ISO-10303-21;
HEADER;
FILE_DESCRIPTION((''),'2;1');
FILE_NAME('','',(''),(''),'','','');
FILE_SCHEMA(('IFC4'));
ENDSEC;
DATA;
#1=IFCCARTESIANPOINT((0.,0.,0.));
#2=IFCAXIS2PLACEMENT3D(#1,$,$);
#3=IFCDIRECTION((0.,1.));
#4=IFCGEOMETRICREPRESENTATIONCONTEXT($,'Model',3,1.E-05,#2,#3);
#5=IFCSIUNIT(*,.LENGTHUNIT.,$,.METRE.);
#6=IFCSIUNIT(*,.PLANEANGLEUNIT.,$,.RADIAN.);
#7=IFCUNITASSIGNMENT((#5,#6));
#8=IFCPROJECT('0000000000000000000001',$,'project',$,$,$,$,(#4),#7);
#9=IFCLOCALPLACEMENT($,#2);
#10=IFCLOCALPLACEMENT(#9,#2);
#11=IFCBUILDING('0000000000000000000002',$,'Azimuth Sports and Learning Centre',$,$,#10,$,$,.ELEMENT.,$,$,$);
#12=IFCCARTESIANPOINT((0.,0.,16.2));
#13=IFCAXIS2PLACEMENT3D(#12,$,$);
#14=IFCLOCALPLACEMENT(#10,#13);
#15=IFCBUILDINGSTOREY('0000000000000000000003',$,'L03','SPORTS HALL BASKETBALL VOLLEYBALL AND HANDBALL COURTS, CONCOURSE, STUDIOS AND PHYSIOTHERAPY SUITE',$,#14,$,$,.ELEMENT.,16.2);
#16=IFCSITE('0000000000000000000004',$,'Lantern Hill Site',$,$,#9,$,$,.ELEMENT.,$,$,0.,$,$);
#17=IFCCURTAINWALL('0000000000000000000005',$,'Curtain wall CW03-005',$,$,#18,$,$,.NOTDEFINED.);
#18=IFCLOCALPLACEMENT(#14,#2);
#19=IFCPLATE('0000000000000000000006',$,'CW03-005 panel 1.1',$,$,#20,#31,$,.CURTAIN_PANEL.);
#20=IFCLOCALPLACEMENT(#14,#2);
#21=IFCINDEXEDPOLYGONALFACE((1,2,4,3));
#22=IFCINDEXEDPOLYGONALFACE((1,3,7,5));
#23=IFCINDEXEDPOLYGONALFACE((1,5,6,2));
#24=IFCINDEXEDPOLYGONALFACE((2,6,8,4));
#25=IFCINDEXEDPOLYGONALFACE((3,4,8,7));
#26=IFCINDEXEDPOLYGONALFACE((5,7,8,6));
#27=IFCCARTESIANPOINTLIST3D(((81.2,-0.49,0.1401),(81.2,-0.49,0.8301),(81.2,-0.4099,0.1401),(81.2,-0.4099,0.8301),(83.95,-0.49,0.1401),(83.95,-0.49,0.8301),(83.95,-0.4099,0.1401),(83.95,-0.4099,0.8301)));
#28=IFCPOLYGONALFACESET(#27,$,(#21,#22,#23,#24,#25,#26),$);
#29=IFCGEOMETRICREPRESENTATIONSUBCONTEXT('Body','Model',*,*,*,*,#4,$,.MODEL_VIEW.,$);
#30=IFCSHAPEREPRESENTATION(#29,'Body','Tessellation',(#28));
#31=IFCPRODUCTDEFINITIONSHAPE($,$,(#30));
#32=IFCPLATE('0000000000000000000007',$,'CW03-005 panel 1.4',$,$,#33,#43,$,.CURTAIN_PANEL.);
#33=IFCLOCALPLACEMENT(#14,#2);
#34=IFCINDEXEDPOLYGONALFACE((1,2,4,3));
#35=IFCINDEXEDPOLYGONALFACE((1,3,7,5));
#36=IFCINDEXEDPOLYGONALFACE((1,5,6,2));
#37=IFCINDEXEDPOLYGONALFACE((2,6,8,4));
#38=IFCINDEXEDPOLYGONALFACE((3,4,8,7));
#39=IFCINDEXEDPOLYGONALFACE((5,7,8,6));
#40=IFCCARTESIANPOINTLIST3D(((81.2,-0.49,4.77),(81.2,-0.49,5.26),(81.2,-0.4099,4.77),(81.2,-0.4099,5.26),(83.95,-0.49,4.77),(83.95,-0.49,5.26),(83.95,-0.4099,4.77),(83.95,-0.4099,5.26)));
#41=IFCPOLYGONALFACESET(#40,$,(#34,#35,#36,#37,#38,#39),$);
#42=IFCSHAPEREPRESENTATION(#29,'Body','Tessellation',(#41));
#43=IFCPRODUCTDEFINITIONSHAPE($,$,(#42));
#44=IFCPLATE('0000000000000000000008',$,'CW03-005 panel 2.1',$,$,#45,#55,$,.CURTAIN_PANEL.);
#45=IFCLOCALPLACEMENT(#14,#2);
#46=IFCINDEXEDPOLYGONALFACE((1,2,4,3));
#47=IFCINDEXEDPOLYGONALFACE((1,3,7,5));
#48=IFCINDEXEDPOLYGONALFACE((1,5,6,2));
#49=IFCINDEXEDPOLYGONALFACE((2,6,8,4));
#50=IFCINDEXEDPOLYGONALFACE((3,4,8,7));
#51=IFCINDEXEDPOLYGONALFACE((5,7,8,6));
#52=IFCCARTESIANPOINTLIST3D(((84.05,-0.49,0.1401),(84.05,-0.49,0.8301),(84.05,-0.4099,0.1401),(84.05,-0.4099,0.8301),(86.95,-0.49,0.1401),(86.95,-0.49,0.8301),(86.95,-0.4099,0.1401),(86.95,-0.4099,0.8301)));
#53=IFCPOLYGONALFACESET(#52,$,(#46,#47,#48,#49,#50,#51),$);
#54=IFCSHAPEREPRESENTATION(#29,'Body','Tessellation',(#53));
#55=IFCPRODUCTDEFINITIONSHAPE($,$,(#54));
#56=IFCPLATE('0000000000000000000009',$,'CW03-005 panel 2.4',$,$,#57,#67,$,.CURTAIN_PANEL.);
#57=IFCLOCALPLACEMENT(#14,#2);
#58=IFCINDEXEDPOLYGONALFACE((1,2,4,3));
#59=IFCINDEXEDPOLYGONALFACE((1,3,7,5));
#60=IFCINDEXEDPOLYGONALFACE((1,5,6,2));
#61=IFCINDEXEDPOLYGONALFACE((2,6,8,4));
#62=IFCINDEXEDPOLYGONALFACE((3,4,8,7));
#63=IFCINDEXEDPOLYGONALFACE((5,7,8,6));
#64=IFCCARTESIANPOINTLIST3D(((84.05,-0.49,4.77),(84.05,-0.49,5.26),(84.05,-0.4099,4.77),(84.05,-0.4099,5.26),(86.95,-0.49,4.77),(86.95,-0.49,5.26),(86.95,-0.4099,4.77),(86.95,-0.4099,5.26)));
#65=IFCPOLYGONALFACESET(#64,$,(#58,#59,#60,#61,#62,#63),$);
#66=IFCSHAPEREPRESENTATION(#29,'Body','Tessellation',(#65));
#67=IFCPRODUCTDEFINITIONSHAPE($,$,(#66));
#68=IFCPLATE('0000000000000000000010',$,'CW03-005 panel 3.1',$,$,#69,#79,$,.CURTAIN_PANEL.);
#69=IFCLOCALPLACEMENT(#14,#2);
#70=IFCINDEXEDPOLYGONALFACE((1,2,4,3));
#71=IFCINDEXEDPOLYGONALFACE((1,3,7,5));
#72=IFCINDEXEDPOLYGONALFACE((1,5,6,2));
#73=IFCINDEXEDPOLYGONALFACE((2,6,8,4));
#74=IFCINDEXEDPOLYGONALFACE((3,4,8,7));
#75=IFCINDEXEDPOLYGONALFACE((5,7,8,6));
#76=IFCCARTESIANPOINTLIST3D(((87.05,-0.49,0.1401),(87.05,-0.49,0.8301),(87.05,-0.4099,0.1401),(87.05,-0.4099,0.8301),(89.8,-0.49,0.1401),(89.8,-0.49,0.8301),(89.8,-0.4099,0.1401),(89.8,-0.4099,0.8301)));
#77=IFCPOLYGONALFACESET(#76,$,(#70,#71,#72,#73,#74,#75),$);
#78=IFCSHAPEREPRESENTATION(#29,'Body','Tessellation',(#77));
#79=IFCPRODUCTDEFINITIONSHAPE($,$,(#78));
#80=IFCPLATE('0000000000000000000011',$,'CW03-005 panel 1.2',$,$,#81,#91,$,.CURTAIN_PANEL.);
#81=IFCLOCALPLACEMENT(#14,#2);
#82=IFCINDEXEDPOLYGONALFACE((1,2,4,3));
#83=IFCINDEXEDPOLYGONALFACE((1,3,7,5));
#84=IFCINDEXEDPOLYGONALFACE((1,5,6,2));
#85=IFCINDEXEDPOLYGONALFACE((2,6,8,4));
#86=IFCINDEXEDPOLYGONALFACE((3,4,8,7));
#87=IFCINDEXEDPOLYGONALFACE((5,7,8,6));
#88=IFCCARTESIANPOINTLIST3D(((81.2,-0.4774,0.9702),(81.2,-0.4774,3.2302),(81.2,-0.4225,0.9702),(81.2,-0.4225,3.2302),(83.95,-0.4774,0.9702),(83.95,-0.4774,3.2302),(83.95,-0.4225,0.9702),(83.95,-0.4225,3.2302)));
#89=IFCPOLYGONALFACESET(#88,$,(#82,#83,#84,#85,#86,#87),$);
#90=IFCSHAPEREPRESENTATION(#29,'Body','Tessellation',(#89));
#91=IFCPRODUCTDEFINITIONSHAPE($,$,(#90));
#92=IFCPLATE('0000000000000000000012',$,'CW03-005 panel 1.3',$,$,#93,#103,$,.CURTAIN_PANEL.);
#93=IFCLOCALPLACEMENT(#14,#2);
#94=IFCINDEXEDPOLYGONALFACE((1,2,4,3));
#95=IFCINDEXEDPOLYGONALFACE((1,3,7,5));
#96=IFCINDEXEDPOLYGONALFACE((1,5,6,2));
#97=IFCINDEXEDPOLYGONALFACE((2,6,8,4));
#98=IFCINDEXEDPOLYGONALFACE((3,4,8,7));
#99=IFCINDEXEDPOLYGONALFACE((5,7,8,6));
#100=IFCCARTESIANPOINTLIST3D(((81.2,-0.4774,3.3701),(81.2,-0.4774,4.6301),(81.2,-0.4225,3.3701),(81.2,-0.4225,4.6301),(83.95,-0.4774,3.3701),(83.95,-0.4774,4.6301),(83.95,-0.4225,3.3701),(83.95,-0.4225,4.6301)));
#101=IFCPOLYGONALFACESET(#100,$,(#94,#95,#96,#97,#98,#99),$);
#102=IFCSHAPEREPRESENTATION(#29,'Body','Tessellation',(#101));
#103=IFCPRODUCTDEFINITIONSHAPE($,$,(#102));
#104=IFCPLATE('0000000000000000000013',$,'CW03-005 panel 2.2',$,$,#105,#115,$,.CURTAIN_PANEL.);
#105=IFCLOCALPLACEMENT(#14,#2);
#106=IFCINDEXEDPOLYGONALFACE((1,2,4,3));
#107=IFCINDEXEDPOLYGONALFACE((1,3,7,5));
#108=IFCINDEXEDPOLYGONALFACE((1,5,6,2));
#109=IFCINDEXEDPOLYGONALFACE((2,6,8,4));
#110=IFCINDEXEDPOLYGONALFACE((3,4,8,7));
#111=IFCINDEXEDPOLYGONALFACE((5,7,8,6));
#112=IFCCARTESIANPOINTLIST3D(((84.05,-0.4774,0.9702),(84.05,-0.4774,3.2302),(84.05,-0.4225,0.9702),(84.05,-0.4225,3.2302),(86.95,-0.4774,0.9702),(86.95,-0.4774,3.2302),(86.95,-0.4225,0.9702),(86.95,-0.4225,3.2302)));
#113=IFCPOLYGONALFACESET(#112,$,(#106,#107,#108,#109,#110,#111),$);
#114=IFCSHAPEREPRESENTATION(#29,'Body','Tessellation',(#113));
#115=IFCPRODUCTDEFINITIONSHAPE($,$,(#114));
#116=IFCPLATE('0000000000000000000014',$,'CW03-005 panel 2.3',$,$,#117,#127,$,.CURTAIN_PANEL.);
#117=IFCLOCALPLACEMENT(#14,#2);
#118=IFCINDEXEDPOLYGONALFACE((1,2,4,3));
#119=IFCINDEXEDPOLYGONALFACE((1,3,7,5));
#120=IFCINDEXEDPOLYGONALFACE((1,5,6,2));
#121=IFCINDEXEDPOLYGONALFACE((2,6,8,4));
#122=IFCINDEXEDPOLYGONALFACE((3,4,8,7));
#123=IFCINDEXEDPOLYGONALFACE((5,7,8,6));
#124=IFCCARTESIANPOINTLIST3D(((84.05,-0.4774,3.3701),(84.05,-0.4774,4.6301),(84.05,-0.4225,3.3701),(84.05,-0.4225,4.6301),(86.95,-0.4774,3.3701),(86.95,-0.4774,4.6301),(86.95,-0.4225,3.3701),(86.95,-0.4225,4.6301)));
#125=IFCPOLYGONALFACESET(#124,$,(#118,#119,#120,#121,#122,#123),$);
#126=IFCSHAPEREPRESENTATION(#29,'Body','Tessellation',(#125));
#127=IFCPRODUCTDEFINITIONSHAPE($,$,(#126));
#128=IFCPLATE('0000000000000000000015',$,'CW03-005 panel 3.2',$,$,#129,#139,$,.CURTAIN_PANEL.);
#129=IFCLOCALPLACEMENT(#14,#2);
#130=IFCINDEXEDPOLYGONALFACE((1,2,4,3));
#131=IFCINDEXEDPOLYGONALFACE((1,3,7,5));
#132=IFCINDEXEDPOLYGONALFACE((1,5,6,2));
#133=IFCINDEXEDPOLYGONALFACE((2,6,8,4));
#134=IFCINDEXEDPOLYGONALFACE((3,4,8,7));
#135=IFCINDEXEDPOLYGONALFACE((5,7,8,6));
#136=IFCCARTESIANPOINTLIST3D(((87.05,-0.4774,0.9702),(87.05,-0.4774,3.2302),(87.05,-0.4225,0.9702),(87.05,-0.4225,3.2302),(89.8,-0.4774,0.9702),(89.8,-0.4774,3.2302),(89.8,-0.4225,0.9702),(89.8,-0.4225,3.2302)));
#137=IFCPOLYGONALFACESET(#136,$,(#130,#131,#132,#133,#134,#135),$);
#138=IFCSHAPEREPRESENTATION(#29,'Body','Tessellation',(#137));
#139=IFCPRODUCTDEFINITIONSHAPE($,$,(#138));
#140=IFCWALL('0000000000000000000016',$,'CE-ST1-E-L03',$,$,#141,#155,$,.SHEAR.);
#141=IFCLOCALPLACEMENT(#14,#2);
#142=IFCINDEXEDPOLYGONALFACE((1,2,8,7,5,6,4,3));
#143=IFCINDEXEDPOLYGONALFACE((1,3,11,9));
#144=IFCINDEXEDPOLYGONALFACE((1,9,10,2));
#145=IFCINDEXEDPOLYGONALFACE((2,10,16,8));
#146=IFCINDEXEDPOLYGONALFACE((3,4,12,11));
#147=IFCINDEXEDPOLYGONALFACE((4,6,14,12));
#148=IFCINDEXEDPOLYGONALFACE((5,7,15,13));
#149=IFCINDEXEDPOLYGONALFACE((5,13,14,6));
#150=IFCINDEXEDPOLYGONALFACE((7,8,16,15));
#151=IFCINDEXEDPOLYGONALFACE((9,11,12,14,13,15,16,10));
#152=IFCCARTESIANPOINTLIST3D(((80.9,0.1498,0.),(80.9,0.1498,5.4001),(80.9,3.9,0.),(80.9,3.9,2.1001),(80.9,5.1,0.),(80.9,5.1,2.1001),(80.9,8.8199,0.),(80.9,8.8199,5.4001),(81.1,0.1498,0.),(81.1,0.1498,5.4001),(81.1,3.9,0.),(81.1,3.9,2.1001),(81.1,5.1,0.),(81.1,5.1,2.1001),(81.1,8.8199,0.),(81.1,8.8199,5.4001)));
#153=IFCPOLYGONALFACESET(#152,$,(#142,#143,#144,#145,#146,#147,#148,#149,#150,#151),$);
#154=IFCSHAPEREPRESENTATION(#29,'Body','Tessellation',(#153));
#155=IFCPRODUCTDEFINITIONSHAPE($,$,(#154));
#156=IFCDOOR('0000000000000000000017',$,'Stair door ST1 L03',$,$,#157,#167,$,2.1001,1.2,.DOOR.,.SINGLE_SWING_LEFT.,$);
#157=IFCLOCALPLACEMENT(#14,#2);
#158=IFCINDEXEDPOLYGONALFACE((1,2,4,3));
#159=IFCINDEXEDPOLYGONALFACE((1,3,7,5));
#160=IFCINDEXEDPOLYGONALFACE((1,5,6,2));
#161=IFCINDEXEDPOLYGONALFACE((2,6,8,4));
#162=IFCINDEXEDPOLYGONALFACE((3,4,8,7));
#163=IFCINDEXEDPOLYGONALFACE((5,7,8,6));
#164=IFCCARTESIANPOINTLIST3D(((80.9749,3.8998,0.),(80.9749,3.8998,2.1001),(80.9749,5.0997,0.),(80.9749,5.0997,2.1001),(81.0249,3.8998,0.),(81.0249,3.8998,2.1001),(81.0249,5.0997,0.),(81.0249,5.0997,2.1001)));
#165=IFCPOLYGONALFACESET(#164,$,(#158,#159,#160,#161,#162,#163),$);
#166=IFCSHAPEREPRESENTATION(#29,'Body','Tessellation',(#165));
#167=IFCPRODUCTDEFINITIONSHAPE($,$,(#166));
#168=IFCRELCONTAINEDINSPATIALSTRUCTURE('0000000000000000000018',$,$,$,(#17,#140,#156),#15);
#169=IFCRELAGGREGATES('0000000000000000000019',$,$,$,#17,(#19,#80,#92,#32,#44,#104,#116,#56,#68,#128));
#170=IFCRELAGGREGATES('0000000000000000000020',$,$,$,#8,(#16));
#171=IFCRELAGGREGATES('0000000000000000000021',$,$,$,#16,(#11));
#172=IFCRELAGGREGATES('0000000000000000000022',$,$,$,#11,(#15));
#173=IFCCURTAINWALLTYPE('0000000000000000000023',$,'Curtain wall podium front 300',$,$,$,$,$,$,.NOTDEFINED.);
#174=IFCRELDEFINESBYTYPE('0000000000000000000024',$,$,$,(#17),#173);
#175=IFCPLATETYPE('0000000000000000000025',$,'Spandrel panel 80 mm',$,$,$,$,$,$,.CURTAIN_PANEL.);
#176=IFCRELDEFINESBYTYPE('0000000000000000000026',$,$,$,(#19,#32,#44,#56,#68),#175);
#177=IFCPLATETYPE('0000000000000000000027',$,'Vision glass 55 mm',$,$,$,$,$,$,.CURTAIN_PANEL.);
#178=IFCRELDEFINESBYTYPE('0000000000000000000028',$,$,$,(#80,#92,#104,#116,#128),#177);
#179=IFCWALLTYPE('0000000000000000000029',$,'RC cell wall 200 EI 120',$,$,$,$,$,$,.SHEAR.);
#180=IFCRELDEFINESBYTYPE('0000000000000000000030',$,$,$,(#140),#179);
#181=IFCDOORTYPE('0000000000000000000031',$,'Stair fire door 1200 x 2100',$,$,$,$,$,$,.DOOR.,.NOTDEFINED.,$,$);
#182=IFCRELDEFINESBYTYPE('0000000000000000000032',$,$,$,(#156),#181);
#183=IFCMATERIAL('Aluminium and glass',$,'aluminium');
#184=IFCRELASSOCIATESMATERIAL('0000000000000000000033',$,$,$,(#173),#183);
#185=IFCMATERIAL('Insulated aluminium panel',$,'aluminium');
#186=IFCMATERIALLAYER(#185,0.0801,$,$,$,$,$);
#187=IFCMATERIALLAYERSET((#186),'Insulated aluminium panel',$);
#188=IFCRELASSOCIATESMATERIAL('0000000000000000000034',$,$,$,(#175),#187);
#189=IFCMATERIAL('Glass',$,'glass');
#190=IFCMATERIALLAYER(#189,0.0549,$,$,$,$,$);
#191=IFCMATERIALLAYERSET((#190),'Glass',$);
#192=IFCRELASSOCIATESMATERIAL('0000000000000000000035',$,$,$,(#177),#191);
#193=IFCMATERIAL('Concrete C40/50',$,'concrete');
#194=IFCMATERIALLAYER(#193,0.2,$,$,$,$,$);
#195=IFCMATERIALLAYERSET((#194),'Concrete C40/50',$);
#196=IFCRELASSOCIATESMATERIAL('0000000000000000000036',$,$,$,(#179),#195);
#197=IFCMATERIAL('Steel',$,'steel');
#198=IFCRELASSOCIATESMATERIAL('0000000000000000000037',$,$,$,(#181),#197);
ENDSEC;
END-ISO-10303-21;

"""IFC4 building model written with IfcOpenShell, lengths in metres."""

from ifc_helpers import new_model, si_unit, direction, frame, frame_2d, origin, origin_2d, place, context, subcontext, project, spatial, rectangle, extrude, material, layer, layer_set, type_object, element, fill, aggregate, save


model = new_model("IFC4")

# Units and contexts
model_context = context("Model", 3, precision=1e-05, world=origin(), true_north=direction((0.0, 1.0)))
body_context = subcontext(model_context, "Body", "Model", "MODEL_VIEW")
ifc_project = project(units=[si_unit("LENGTHUNIT", "METRE"), si_unit("PLANEANGLEUNIT", "RADIAN")], contexts=[model_context])

# Site, building, storey
site_placement = place(None, origin())
site = spatial("IfcSite", under=ifc_project, at=site_placement, Name="Lantern Hill Site", CompositionType="ELEMENT", RefElevation=0.0)
building_placement = place(site_placement, origin())
building = spatial("IfcBuilding", under=site, at=building_placement, Name="Azimuth Sports and Learning Centre", CompositionType="ELEMENT")
storey_placement = place(building_placement, frame((0.0, 0.0, 16.2)))
storey = spatial("IfcBuildingStorey", under=building, at=storey_placement, Name="L03", Description="SPORTS HALL BASKETBALL VOLLEYBALL AND HANDBALL COURTS, CONCOURSE, STUDIOS AND PHYSIOTHERAPY SUITE", CompositionType="ELEMENT", Elevation=16.2)

# Curtain wall, plates
ifc_material_1 = material(Name="Aluminium and glass", Category="aluminium")
curtain_wall_type = type_object("IfcCurtainWallType", Name="Curtain wall podium front 300", PredefinedType="NOTDEFINED", material=ifc_material_1)
curtain_wall_placement = place(storey_placement, origin())
curtain_wall = element("IfcCurtainWall", 1, at=curtain_wall_placement, inside=storey, type_object=curtain_wall_type, Name="Curtain wall CW03-005", PredefinedType="NOTDEFINED")
ifc_material_2 = material(Name="Insulated aluminium panel", Category="aluminium")
ifc_layer_1 = layer(ifc_material_2, 0.0801)
ifc_layer_set_1 = layer_set([ifc_layer_1], Name="Insulated aluminium panel")
plate_type_1 = type_object("IfcPlateType", Name="Spandrel panel 80 mm", PredefinedType="CURTAIN_PANEL", material=ifc_layer_set_1)
plate_1_placement = place(storey_placement, frame((82.575, -0.45, 0.1401), z_axis=(0.0, 0.0, 1.0), x_axis=(1.0, 0.0, 0.0)))
plate_1 = element("IfcPlate", 2, at=plate_1_placement, type_object=plate_type_1, Name="CW03-005 panel 1.1", PredefinedType="CURTAIN_PANEL", context=body_context, shape_type="SweptSolid", body=[
    extrude(rectangle(XDim=2.75, YDim=0.0801, at=origin_2d()), origin(), (0.0, 0.0, 1.0), 0.6899),
])
plate_2_placement = place(storey_placement, frame((82.575, -0.45, 4.77), z_axis=(0.0, 0.0, 1.0), x_axis=(1.0, 0.0, 0.0)))
plate_2 = element("IfcPlate", 3, at=plate_2_placement, type_object=plate_type_1, Name="CW03-005 panel 1.4", PredefinedType="CURTAIN_PANEL", context=body_context, shape_type="SweptSolid", body=[
    extrude(rectangle(XDim=2.75, YDim=0.0801, at=origin_2d()), origin(), (0.0, 0.0, 1.0), 0.49),
])
plate_3_placement = place(storey_placement, frame((85.5, -0.45, 0.1401), z_axis=(0.0, 0.0, 1.0), x_axis=(1.0, 0.0, 0.0)))
plate_3 = element("IfcPlate", 4, at=plate_3_placement, type_object=plate_type_1, Name="CW03-005 panel 2.1", PredefinedType="CURTAIN_PANEL", context=body_context, shape_type="SweptSolid", body=[
    extrude(rectangle(XDim=2.8999, YDim=0.0801, at=origin_2d()), origin(), (0.0, 0.0, 1.0), 0.6899),
])
plate_4_placement = place(storey_placement, frame((85.5, -0.45, 4.77), z_axis=(0.0, 0.0, 1.0), x_axis=(1.0, 0.0, 0.0)))
plate_4 = element("IfcPlate", 5, at=plate_4_placement, type_object=plate_type_1, Name="CW03-005 panel 2.4", PredefinedType="CURTAIN_PANEL", context=body_context, shape_type="SweptSolid", body=[
    extrude(rectangle(XDim=2.8999, YDim=0.0801, at=origin_2d()), origin(), (0.0, 0.0, 1.0), 0.49),
])
plate_5_placement = place(storey_placement, frame((88.425, -0.45, 0.1401), z_axis=(0.0, 0.0, 1.0), x_axis=(1.0, 0.0, 0.0)))
plate_5 = element("IfcPlate", 6, at=plate_5_placement, type_object=plate_type_1, Name="CW03-005 panel 3.1", PredefinedType="CURTAIN_PANEL", context=body_context, shape_type="SweptSolid", body=[
    extrude(rectangle(XDim=2.75, YDim=0.0801, at=origin_2d()), origin(), (0.0, 0.0, 1.0), 0.6899),
])
ifc_material_3 = material(Name="Glass", Category="glass")
ifc_layer_2 = layer(ifc_material_3, 0.0549)
ifc_layer_set_2 = layer_set([ifc_layer_2], Name="Glass")
plate_type_2 = type_object("IfcPlateType", Name="Vision glass 55 mm", PredefinedType="CURTAIN_PANEL", material=ifc_layer_set_2)
plate_6_placement = place(storey_placement, frame((82.575, -0.45, 0.9702), z_axis=(0.0, 0.0, 1.0), x_axis=(1.0, 0.0, 0.0)))
plate_6 = element("IfcPlate", 7, at=plate_6_placement, type_object=plate_type_2, Name="CW03-005 panel 1.2", PredefinedType="CURTAIN_PANEL", context=body_context, shape_type="SweptSolid", body=[
    extrude(rectangle(XDim=2.75, YDim=0.0549, at=origin_2d()), origin(), (0.0, 0.0, 1.0), 2.26),
])
plate_7_placement = place(storey_placement, frame((82.575, -0.45, 3.3701), z_axis=(0.0, 0.0, 1.0), x_axis=(1.0, 0.0, 0.0)))
plate_7 = element("IfcPlate", 8, at=plate_7_placement, type_object=plate_type_2, Name="CW03-005 panel 1.3", PredefinedType="CURTAIN_PANEL", context=body_context, shape_type="SweptSolid", body=[
    extrude(rectangle(XDim=2.75, YDim=0.0549, at=origin_2d()), origin(), (0.0, 0.0, 1.0), 1.26),
])
plate_8_placement = place(storey_placement, frame((85.5, -0.45, 0.9702), z_axis=(0.0, 0.0, 1.0), x_axis=(1.0, 0.0, 0.0)))
plate_8 = element("IfcPlate", 9, at=plate_8_placement, type_object=plate_type_2, Name="CW03-005 panel 2.2", PredefinedType="CURTAIN_PANEL", context=body_context, shape_type="SweptSolid", body=[
    extrude(rectangle(XDim=2.8999, YDim=0.0549, at=origin_2d()), origin(), (0.0, 0.0, 1.0), 2.26),
])
plate_9_placement = place(storey_placement, frame((85.5, -0.45, 3.3701), z_axis=(0.0, 0.0, 1.0), x_axis=(1.0, 0.0, 0.0)))
plate_9 = element("IfcPlate", 10, at=plate_9_placement, type_object=plate_type_2, Name="CW03-005 panel 2.3", PredefinedType="CURTAIN_PANEL", context=body_context, shape_type="SweptSolid", body=[
    extrude(rectangle(XDim=2.8999, YDim=0.0549, at=origin_2d()), origin(), (0.0, 0.0, 1.0), 1.26),
])
plate_10_placement = place(storey_placement, frame((88.425, -0.45, 0.9702), z_axis=(0.0, 0.0, 1.0), x_axis=(1.0, 0.0, 0.0)))
plate_10 = element("IfcPlate", 11, at=plate_10_placement, type_object=plate_type_2, Name="CW03-005 panel 3.2", PredefinedType="CURTAIN_PANEL", context=body_context, shape_type="SweptSolid", body=[
    extrude(rectangle(XDim=2.75, YDim=0.0549, at=origin_2d()), origin(), (0.0, 0.0, 1.0), 2.26),
])
aggregate(curtain_wall, [plate_1, plate_6, plate_7, plate_2, plate_3, plate_8, plate_9, plate_4, plate_5, plate_10])

# Wall, opening, door
ifc_material_4 = material(Name="Concrete C40/50", Category="concrete")
ifc_layer_3 = layer(ifc_material_4, 0.2)
ifc_layer_set_3 = layer_set([ifc_layer_3], Name="Concrete C40/50")
wall_type = type_object("IfcWallType", Name="RC cell wall 200 EI 120", PredefinedType="SHEAR", material=ifc_layer_set_3)
wall_placement = place(storey_placement, frame((81.0, 0.1499, 0.0), z_axis=(0.0, 0.0, 1.0), x_axis=(0.0, 1.0, 0.0)))
wall = element("IfcWall", 12, at=wall_placement, inside=storey, type_object=wall_type, Name="CE-ST1-E-L03", PredefinedType="SHEAR", context=body_context, shape_type="SweptSolid", body=[
    extrude(rectangle(XDim=8.6702, YDim=0.2, at=frame_2d((4.335, 0.0))), origin(), (0.0, 0.0, 1.0), 5.4001),
])
opening_placement = place(wall_placement, frame((3.75, 0.0, 0.0)))
opening = element("IfcOpeningElement", 13, at=opening_placement, cuts=wall, PredefinedType="OPENING", context=body_context, shape_type="SweptSolid", body=[
    extrude(rectangle(XDim=1.2, YDim=2.1001, at=frame_2d((0.6001, 1.05))), frame((0.0, 0.1108, 0.0), z_axis=(0.0, -1.0, 0.0), x_axis=(1.0, 0.0, 0.0)), (0.0, 0.0, 1.0), 0.2219),
])
ifc_material_5 = material(Name="Steel", Category="steel")
door_type = type_object("IfcDoorType", Name="Stair fire door 1200 x 2100", OperationType="NOTDEFINED", PredefinedType="DOOR", material=ifc_material_5)
door_placement = place(opening_placement, frame((1.2, 0.0, 0.0), z_axis=(0.0, 0.0, 1.0), x_axis=(-1.0, 0.0, 0.0)))
door = element("IfcDoor", 14, at=door_placement, inside=storey, type_object=door_type, Name="Stair door ST1 L03", OperationType="SINGLE_SWING_LEFT", OverallHeight=2.1001, OverallWidth=1.2, PredefinedType="DOOR", context=body_context, shape_type="SweptSolid", body=[
    extrude(rectangle(XDim=1.2, YDim=2.1001, at=frame_2d((0.6001, 1.05))), frame((0.0, 0.0249, 0.0), z_axis=(0.0, -1.0, 0.0), x_axis=(1.0, 0.0, 0.0)), (0.0, 0.0, 1.0), 0.05),
])
fill(opening, door)

save(model, "model.ifc")
